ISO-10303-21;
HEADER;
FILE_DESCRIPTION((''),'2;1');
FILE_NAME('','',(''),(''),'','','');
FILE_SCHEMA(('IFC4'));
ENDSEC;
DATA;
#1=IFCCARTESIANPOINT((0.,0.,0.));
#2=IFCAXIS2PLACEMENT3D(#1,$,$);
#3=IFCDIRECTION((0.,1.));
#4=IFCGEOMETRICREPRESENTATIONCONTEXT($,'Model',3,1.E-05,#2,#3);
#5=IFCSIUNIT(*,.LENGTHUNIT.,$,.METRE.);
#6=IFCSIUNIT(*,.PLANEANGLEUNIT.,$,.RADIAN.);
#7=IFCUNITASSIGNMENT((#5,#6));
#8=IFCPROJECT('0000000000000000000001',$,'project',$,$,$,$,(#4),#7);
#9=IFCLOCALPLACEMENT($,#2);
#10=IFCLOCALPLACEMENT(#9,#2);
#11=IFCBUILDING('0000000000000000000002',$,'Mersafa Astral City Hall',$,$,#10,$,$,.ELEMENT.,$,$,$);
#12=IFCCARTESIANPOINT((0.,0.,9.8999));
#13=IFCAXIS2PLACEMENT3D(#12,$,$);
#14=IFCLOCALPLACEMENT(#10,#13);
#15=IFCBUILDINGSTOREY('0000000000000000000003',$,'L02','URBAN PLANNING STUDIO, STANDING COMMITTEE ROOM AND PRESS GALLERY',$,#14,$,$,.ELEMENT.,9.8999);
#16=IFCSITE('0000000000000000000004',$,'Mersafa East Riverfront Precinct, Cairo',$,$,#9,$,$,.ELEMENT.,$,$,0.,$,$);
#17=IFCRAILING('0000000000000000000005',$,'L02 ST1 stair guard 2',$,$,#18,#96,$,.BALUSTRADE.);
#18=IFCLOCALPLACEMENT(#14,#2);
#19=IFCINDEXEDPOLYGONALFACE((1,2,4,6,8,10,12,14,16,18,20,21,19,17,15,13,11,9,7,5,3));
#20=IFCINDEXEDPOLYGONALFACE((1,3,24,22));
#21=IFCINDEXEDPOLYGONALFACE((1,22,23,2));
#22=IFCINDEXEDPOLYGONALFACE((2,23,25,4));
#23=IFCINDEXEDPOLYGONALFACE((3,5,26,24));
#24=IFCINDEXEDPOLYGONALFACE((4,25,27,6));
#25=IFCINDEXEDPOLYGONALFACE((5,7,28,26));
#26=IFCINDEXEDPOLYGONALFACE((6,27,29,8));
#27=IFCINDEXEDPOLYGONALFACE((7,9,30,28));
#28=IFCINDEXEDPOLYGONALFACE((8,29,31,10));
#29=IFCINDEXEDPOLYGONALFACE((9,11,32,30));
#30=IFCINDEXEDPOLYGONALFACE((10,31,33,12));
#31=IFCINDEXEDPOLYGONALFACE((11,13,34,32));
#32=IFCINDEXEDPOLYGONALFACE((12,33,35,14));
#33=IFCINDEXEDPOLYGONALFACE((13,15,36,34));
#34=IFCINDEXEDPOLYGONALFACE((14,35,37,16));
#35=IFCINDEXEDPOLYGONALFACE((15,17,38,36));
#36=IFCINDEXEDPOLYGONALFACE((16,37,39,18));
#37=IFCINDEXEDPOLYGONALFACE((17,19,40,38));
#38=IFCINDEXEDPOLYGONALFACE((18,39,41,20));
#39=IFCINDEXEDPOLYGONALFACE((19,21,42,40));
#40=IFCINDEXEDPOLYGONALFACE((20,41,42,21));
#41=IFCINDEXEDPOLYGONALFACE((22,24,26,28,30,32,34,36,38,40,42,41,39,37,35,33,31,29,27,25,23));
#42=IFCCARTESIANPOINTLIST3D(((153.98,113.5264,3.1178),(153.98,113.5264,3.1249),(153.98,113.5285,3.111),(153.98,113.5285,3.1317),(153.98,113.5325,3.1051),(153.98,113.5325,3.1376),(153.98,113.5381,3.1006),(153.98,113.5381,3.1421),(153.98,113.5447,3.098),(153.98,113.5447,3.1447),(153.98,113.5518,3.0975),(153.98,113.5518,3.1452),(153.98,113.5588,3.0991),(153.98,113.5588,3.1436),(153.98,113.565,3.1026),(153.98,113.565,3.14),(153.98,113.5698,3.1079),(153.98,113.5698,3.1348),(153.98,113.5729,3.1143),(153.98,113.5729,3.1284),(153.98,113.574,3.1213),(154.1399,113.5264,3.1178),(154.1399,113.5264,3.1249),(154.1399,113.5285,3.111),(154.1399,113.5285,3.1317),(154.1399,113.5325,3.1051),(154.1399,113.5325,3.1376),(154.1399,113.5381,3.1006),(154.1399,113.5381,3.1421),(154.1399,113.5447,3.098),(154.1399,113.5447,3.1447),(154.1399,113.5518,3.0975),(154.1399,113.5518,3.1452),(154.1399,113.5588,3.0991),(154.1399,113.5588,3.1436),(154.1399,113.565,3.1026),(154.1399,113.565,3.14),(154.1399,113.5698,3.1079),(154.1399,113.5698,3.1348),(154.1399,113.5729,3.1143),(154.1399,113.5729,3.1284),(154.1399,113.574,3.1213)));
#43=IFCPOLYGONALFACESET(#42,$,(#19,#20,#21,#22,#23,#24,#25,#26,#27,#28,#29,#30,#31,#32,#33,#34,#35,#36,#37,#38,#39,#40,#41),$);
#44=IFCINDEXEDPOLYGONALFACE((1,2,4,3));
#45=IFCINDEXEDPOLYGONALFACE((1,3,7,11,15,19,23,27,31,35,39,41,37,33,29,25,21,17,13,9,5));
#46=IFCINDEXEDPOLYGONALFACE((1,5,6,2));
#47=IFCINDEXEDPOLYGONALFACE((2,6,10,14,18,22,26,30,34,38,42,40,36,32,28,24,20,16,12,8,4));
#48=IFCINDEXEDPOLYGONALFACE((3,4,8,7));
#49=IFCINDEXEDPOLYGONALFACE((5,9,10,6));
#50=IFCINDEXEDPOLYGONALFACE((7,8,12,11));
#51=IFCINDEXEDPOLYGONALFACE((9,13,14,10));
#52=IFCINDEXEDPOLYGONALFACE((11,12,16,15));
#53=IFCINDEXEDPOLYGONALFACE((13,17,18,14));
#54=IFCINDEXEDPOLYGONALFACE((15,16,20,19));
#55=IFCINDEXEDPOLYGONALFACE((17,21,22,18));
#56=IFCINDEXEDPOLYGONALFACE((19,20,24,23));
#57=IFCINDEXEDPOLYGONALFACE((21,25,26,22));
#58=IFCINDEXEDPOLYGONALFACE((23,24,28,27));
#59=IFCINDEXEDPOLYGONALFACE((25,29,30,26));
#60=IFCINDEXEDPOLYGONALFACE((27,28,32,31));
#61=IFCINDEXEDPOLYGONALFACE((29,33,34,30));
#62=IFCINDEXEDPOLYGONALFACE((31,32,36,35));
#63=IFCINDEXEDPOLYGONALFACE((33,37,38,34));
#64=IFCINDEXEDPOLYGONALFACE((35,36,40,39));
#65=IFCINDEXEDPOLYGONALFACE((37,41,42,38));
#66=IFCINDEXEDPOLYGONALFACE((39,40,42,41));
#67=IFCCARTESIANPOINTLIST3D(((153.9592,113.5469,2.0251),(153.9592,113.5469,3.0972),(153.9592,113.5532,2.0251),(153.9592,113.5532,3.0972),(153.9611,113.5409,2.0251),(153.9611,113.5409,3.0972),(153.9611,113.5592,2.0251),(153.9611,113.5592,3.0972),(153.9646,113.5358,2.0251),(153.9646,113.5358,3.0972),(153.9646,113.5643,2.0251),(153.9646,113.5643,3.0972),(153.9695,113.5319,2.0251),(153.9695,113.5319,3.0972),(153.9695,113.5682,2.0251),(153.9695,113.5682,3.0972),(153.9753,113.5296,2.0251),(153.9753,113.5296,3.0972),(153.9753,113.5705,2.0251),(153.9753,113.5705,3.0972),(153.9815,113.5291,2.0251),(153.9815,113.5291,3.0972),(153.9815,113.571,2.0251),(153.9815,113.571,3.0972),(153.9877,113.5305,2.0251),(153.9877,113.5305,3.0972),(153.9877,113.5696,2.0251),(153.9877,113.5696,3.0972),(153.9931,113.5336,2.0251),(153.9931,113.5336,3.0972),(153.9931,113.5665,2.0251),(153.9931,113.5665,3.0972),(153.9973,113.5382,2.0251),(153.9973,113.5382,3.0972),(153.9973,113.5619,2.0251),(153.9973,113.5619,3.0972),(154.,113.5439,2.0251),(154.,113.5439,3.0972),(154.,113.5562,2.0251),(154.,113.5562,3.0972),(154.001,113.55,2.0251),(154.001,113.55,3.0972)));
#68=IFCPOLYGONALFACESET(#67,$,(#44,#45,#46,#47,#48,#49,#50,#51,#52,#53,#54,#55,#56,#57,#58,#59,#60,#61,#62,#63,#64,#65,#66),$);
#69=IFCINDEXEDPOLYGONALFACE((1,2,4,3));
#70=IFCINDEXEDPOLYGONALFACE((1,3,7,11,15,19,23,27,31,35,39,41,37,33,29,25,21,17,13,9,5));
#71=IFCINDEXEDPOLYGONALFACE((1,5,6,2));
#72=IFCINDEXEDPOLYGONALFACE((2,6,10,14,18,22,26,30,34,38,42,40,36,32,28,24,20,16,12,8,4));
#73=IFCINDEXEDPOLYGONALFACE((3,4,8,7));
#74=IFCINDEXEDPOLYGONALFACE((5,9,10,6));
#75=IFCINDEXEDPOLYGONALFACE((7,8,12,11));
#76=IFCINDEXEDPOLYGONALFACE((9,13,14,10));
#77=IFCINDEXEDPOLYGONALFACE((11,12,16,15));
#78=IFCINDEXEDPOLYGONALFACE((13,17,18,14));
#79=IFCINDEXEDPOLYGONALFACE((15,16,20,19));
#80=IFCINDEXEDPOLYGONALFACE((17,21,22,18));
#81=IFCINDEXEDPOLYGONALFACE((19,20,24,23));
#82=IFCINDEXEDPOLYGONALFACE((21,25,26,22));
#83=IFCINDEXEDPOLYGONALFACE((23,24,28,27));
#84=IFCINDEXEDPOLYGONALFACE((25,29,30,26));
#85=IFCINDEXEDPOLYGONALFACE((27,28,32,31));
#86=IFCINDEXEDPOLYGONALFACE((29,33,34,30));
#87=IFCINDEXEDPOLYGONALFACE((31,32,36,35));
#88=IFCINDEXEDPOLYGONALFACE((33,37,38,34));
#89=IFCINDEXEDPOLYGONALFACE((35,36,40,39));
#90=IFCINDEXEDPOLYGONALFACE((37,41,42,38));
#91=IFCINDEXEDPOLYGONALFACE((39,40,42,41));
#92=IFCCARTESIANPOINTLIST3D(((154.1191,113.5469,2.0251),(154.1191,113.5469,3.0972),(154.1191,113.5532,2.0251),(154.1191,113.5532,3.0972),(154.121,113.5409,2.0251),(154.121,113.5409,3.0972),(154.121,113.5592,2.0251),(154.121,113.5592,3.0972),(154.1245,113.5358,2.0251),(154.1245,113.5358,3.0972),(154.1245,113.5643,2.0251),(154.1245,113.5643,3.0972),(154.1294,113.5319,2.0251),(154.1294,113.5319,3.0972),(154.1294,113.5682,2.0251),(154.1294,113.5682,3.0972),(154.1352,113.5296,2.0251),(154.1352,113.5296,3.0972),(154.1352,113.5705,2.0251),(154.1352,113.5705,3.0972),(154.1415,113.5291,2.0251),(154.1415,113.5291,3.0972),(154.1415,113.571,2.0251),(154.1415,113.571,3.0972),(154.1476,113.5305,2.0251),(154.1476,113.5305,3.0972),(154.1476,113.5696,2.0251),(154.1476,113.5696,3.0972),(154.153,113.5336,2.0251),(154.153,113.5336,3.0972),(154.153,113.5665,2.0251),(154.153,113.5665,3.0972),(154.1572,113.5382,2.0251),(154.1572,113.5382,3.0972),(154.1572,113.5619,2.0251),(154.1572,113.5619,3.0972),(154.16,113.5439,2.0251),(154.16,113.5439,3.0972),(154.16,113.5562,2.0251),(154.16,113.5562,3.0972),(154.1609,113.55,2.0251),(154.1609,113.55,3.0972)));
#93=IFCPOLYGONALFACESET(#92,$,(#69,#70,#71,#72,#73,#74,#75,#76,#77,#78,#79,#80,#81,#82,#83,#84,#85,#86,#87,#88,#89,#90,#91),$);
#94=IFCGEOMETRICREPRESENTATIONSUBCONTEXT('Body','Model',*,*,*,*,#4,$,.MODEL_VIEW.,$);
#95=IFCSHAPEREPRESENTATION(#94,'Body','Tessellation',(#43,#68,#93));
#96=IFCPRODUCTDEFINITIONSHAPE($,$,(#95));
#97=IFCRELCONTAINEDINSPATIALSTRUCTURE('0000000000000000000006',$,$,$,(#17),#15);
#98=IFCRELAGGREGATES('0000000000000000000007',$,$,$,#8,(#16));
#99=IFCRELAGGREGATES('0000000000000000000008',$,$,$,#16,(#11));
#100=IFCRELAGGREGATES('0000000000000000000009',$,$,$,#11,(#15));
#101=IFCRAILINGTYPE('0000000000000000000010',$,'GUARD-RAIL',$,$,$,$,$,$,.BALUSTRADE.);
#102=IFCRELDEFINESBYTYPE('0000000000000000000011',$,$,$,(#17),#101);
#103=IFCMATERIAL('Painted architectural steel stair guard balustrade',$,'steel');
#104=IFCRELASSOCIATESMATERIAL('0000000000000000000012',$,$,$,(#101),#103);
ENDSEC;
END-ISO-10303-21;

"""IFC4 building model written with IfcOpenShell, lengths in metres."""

from ifc_helpers import new_model, si_unit, direction, frame, origin, origin_2d, place, context, subcontext, project, spatial, circle, extrude, material, type_object, element, save


model = new_model("IFC4")

# Units and contexts
model_context = context("Model", 3, precision=1e-05, world=origin(), true_north=direction((0.0, 1.0)))
body_context = subcontext(model_context, "Body", "Model", "MODEL_VIEW")
ifc_project = project(units=[si_unit("LENGTHUNIT", "METRE"), si_unit("PLANEANGLEUNIT", "RADIAN")], contexts=[model_context])

# Site, building, storey
site_placement = place(None, origin())
site = spatial("IfcSite", under=ifc_project, at=site_placement, Name="Mersafa East Riverfront Precinct, Cairo", CompositionType="ELEMENT", RefElevation=0.0)
building_placement = place(site_placement, origin())
building = spatial("IfcBuilding", under=site, at=building_placement, Name="Mersafa Astral City Hall", CompositionType="ELEMENT")
storey_placement = place(building_placement, frame((0.0, 0.0, 9.8999)))
storey = spatial("IfcBuildingStorey", under=building, at=storey_placement, Name="L02", Description="URBAN PLANNING STUDIO, STANDING COMMITTEE ROOM AND PRESS GALLERY", CompositionType="ELEMENT", Elevation=9.8999)

# Railing
ifc_material_1 = material(Name="Painted architectural steel stair guard balustrade", Category="steel")
railing_type_1 = type_object("IfcRailingType", Name="GUARD-RAIL", PredefinedType="BALUSTRADE", material=ifc_material_1)
railing_1_placement = place(storey_placement, frame((153.98, 113.55, 2.0251)))
element("IfcRailing", 1, at=railing_1_placement, inside=storey, type_object=railing_type_1, Name="L02 ST1 stair guard 2", PredefinedType="BALUSTRADE", context=body_context, shape_type="SweptSolid", body=[
    extrude(circle(Radius=0.0239, at=origin_2d()), frame((0.0, 0.0, 1.0962), z_axis=(1.0, 0.0, 0.0), x_axis=(0.0, 1.0, 0.0)), (0.0, 0.0, 1.0), 0.1599),
    extrude(circle(Radius=0.021, at=origin_2d()), origin(), (0.0, 0.0, 1.0), 1.072),
    extrude(circle(Radius=0.021, at=origin_2d()), frame((0.1599, 0.0, 0.0)), (0.0, 0.0, 1.0), 1.072),
])

save(model, "model.ifc")
